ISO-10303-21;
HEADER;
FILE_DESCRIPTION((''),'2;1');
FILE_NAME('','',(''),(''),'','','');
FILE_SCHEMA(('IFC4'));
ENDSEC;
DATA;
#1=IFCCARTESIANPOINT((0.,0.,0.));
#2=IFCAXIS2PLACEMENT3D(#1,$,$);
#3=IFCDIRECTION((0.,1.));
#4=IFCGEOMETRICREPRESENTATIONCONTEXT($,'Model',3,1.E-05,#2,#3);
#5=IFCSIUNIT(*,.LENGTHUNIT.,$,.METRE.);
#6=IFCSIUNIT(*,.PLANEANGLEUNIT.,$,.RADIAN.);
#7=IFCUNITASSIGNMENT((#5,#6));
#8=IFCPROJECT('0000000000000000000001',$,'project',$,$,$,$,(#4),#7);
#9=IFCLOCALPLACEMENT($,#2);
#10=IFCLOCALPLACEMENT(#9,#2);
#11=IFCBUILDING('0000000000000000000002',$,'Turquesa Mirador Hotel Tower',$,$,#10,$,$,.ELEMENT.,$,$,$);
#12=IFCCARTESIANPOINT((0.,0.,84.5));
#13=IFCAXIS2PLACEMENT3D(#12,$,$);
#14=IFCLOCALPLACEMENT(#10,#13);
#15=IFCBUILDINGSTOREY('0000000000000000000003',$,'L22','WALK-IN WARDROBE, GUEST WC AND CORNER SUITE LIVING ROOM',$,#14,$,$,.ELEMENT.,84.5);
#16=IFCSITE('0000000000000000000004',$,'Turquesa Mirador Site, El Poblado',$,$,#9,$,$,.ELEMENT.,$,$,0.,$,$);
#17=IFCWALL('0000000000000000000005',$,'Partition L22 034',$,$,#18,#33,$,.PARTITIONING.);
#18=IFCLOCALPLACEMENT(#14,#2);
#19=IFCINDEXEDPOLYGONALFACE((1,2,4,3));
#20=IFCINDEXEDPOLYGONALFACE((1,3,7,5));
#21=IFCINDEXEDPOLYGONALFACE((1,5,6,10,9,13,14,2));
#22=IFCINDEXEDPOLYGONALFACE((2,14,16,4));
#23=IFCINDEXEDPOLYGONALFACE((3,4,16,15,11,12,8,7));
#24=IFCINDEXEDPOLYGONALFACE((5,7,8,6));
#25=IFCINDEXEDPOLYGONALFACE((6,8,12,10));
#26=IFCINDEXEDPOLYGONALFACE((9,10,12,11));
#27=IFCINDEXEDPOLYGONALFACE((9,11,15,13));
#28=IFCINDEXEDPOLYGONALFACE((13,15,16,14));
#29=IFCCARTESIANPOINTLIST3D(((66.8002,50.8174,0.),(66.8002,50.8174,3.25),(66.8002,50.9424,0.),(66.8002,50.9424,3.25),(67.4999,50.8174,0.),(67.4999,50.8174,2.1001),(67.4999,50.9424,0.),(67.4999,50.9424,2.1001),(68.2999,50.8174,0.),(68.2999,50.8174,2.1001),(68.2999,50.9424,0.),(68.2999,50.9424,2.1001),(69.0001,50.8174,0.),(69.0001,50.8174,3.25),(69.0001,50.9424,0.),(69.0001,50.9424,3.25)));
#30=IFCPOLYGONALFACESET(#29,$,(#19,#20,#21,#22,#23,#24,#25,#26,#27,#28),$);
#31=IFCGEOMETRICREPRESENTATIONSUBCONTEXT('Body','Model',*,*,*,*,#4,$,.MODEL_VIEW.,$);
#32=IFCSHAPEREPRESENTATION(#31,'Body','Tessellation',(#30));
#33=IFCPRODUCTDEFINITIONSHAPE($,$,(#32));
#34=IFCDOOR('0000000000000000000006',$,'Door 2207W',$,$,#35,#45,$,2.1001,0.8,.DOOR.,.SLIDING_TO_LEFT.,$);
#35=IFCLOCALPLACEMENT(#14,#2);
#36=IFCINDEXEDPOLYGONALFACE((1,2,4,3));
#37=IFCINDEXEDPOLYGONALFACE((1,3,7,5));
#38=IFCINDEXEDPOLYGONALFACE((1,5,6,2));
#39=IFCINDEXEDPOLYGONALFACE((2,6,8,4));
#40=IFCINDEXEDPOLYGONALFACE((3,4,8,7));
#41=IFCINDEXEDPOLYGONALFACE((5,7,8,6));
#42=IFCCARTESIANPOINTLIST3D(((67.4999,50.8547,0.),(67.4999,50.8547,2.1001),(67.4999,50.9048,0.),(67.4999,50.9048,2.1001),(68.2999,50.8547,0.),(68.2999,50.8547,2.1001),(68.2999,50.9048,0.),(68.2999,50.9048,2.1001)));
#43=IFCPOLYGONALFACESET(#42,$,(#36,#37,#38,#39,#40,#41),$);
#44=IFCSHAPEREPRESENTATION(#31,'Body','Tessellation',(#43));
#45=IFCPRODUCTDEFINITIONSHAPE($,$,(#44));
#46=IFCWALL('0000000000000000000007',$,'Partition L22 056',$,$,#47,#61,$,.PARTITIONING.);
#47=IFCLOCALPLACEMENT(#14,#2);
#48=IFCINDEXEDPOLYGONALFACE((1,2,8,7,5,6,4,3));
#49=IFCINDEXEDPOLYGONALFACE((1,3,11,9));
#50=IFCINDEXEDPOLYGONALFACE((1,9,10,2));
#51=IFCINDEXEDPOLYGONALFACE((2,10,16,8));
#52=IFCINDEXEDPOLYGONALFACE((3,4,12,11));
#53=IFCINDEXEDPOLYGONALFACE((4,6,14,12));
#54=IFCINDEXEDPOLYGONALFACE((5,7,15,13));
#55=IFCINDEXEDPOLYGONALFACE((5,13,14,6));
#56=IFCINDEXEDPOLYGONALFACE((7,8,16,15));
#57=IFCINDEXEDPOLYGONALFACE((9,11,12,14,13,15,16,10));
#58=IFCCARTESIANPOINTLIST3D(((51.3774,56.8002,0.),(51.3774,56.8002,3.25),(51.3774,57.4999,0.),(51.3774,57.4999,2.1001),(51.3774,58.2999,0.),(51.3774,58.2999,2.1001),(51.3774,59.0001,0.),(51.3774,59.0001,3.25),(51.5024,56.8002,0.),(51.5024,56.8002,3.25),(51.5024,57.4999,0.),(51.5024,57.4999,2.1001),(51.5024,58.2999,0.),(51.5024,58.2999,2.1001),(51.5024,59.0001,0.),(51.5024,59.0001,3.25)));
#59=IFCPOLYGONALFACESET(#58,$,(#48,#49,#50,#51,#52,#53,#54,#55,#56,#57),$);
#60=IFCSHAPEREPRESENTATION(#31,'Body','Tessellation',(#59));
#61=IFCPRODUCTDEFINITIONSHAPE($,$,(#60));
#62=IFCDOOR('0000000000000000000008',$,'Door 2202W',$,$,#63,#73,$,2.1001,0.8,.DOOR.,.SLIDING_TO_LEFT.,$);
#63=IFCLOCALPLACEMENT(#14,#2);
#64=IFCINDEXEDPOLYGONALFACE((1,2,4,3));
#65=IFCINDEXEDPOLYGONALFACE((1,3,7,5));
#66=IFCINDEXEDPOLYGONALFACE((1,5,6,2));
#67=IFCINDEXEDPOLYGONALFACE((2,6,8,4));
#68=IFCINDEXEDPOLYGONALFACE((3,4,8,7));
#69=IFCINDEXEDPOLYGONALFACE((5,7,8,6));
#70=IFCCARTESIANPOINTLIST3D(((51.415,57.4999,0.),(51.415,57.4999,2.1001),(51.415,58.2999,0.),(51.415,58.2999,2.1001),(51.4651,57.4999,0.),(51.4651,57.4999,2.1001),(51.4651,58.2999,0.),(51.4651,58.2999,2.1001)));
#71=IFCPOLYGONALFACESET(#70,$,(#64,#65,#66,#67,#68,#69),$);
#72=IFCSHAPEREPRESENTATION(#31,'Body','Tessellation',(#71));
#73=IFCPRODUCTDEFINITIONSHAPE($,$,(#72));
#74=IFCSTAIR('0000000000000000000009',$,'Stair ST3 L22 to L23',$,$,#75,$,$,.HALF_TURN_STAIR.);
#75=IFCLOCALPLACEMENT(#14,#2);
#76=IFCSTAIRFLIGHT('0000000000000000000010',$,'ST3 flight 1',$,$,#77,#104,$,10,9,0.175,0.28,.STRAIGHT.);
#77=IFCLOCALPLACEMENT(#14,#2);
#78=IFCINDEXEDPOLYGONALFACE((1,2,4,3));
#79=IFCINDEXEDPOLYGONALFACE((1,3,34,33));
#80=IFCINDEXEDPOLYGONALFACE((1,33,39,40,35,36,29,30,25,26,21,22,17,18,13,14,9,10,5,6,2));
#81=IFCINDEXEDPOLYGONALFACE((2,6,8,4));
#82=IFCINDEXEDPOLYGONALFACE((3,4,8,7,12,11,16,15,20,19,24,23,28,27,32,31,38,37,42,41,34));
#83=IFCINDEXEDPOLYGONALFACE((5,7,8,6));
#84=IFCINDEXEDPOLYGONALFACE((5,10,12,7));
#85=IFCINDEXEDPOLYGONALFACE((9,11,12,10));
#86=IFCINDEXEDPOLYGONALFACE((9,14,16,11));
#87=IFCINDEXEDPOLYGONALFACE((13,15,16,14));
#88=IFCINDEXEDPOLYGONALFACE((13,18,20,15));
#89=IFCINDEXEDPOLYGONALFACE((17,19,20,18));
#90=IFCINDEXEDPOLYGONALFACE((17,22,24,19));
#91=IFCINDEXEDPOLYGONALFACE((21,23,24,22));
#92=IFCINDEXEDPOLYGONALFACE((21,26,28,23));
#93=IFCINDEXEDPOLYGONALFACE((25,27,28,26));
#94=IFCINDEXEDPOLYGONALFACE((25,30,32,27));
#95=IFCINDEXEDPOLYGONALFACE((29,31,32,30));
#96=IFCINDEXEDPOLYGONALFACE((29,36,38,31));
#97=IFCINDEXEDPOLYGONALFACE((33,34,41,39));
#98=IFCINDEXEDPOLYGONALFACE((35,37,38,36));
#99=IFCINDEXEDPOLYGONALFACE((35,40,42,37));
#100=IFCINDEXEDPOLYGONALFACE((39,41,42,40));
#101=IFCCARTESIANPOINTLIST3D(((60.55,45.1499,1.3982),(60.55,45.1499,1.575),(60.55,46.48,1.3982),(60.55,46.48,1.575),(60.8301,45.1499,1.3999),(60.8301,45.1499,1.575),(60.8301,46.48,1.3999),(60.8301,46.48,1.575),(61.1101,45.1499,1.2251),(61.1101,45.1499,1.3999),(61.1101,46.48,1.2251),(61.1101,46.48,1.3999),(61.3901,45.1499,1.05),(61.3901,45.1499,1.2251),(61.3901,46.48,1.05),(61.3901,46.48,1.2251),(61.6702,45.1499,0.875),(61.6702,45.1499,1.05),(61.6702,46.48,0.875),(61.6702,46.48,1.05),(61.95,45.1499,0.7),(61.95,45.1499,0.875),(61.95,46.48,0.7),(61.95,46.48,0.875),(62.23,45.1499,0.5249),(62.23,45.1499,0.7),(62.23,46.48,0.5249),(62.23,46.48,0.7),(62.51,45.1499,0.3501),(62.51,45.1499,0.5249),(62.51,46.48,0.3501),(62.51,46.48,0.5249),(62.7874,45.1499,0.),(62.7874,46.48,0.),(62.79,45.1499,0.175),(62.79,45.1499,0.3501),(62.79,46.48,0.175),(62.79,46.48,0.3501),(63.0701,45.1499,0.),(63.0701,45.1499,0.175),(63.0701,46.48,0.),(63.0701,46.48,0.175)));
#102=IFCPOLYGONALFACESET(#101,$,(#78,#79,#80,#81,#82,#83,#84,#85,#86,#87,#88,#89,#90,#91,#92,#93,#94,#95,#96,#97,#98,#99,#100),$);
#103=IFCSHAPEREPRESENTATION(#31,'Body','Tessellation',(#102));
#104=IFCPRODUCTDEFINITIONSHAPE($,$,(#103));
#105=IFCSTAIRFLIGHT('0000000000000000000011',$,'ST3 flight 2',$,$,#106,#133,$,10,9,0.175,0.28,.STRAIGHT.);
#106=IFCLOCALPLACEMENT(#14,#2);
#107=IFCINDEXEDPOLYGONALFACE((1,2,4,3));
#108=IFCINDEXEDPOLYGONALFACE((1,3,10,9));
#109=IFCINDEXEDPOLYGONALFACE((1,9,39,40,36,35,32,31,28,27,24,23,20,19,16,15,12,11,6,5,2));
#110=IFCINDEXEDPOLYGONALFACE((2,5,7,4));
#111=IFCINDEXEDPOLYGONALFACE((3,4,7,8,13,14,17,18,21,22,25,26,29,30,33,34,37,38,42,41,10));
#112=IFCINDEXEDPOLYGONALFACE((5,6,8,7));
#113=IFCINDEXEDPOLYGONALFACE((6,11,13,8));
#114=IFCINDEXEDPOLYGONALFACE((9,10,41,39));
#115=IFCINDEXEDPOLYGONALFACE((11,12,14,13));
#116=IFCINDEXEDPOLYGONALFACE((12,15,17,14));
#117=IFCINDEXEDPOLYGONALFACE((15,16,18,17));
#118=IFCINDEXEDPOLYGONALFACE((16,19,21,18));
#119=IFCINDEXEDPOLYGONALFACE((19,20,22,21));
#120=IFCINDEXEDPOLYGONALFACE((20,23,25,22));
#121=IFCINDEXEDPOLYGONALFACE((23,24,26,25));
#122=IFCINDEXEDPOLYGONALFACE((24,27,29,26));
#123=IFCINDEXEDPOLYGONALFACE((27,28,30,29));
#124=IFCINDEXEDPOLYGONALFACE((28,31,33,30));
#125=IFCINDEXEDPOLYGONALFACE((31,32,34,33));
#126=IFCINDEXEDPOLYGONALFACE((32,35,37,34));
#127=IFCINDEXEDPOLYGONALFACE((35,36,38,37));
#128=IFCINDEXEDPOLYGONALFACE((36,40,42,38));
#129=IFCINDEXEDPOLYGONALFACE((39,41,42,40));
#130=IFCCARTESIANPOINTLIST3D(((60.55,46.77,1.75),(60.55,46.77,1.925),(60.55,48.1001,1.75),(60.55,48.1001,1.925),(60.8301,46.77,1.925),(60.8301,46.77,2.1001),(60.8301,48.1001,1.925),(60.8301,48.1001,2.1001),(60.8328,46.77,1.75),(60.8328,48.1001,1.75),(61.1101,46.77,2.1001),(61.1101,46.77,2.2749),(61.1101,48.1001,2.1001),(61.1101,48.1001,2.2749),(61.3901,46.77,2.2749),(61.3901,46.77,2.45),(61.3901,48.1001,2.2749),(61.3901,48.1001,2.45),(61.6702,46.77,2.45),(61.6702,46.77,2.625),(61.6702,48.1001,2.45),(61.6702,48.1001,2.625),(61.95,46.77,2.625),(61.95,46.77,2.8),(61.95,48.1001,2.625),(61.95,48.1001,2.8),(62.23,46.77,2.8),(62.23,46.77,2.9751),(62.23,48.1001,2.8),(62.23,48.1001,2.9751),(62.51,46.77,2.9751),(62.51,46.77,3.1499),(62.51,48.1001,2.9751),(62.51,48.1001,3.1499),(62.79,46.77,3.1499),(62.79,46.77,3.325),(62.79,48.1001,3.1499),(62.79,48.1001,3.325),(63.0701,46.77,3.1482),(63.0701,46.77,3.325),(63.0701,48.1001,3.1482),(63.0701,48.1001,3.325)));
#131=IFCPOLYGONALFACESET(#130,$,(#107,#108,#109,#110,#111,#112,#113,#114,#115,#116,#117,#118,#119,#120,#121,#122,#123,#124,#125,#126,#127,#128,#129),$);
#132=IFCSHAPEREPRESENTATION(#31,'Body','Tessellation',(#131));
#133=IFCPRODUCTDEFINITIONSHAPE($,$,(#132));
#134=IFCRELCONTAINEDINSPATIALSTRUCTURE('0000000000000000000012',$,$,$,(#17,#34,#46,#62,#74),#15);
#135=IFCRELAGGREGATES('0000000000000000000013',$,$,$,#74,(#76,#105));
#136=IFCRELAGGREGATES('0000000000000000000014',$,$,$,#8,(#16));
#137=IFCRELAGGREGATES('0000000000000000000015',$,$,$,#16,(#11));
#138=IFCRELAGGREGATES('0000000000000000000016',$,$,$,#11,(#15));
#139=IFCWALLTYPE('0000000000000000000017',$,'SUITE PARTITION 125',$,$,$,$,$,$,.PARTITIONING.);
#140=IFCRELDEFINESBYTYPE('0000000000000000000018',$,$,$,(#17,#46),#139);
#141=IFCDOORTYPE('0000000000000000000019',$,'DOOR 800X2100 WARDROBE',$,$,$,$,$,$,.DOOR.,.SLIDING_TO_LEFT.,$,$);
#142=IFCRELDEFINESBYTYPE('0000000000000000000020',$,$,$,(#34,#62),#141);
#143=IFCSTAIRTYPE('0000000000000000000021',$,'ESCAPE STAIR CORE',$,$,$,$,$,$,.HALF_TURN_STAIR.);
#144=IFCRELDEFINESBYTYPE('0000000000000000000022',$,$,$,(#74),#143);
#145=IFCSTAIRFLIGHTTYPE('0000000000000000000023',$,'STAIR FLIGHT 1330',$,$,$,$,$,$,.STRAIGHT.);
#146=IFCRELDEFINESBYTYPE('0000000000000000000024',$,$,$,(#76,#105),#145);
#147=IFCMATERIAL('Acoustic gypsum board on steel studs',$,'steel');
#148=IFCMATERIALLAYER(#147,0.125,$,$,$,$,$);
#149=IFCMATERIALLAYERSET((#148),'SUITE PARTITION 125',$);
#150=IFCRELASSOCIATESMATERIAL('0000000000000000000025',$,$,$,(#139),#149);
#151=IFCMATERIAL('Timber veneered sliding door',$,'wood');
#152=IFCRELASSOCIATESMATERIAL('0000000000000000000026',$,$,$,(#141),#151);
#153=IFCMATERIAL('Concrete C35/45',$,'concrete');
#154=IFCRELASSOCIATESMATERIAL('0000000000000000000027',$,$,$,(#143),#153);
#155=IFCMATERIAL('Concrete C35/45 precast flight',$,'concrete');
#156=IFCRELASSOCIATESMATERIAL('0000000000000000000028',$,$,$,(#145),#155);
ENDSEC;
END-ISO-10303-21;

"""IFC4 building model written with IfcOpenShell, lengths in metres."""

from ifc_helpers import new_model, si_unit, direction, frame, frame_2d, origin, place, context, subcontext, project, spatial, polyline, rectangle, outline, extrude, material, layer, layer_set, type_object, element, fill, aggregate, save


model = new_model("IFC4")

# Units and contexts
model_context = context("Model", 3, precision=1e-05, world=origin(), true_north=direction((0.0, 1.0)))
body_context = subcontext(model_context, "Body", "Model", "MODEL_VIEW")
ifc_project = project(units=[si_unit("LENGTHUNIT", "METRE"), si_unit("PLANEANGLEUNIT", "RADIAN")], contexts=[model_context])

# Site, building, storey
site_placement = place(None, origin())
site = spatial("IfcSite", under=ifc_project, at=site_placement, Name="Turquesa Mirador Site, El Poblado", CompositionType="ELEMENT", RefElevation=0.0)
building_placement = place(site_placement, origin())
building = spatial("IfcBuilding", under=site, at=building_placement, Name="Turquesa Mirador Hotel Tower", CompositionType="ELEMENT")
storey_placement = place(building_placement, frame((0.0, 0.0, 84.5)))
storey = spatial("IfcBuildingStorey", under=building, at=storey_placement, Name="L22", Description="WALK-IN WARDROBE, GUEST WC AND CORNER SUITE LIVING ROOM", CompositionType="ELEMENT", Elevation=84.5)

# Walls, openings, doors
ifc_material_1 = material(Name="Acoustic gypsum board on steel studs", Category="steel")
ifc_layer_1 = layer(ifc_material_1, 0.125)
ifc_layer_set_1 = layer_set([ifc_layer_1], Name="SUITE PARTITION 125")
wall_type_1 = type_object("IfcWallType", Name="SUITE PARTITION 125", PredefinedType="PARTITIONING", material=ifc_layer_set_1)
wall_1_placement = place(storey_placement, frame((66.8, 50.8799, 0.0), z_axis=(0.0, 0.0, 1.0), x_axis=(1.0, 0.0, 0.0)))
wall_1 = element("IfcWall", 1, at=wall_1_placement, inside=storey, type_object=wall_type_1, Name="Partition L22 034", PredefinedType="PARTITIONING", context=body_context, shape_type="SweptSolid", body=[
    extrude(rectangle(XDim=2.2, YDim=0.125, at=frame_2d((1.1001, 0.0))), origin(), (0.0, 0.0, 1.0), 3.25),
])
opening_1_placement = place(wall_1_placement, frame((0.7, 0.0, 0.0)))
opening_1 = element("IfcOpeningElement", 2, at=opening_1_placement, cuts=wall_1, PredefinedType="OPENING", context=body_context, shape_type="SweptSolid", body=[
    extrude(rectangle(XDim=0.8, YDim=2.1001, at=frame_2d((0.3999, 1.05))), frame((0.0, 0.0725, 0.0), z_axis=(0.0, -1.0, 0.0), x_axis=(1.0, 0.0, 0.0)), (0.0, 0.0, 1.0), 0.145),
])
ifc_material_2 = material(Name="Timber veneered sliding door", Category="wood")
door_type_1 = type_object("IfcDoorType", Name="DOOR 800X2100 WARDROBE", OperationType="SLIDING_TO_LEFT", PredefinedType="DOOR", material=ifc_material_2)
door_1_placement = place(opening_1_placement, origin())
door_1 = element("IfcDoor", 3, at=door_1_placement, inside=storey, type_object=door_type_1, Name="Door 2207W", OperationType="SLIDING_TO_LEFT", OverallHeight=2.1001, OverallWidth=0.8, PredefinedType="DOOR", context=body_context, shape_type="SweptSolid", body=[
    extrude(rectangle(XDim=0.8, YDim=2.1001, at=frame_2d((0.3999, 1.05))), frame((0.0, 0.0249, 0.0), z_axis=(0.0, -1.0, 0.0), x_axis=(1.0, 0.0, 0.0)), (0.0, 0.0, 1.0), 0.05),
])
fill(opening_1, door_1)
wall_2_placement = place(storey_placement, frame((51.4399, 56.8, 0.0), z_axis=(0.0, 0.0, 1.0), x_axis=(0.0, 1.0, 0.0)))
wall_2 = element("IfcWall", 4, at=wall_2_placement, inside=storey, type_object=wall_type_1, Name="Partition L22 056", PredefinedType="PARTITIONING", context=body_context, shape_type="SweptSolid", body=[
    extrude(rectangle(XDim=2.2, YDim=0.125, at=frame_2d((1.1001, 0.0))), origin(), (0.0, 0.0, 1.0), 3.25),
])
opening_2_placement = place(wall_2_placement, frame((0.7, 0.0, 0.0)))
opening_2 = element("IfcOpeningElement", 5, at=opening_2_placement, cuts=wall_2, PredefinedType="OPENING", context=body_context, shape_type="SweptSolid", body=[
    extrude(rectangle(XDim=0.8, YDim=2.1001, at=frame_2d((0.3999, 1.05))), frame((0.0, 0.0725, 0.0), z_axis=(0.0, -1.0, 0.0), x_axis=(1.0, 0.0, 0.0)), (0.0, 0.0, 1.0), 0.145),
])
door_2_placement = place(opening_2_placement, origin())
door_2 = element("IfcDoor", 6, at=door_2_placement, inside=storey, type_object=door_type_1, Name="Door 2202W", OperationType="SLIDING_TO_LEFT", OverallHeight=2.1001, OverallWidth=0.8, PredefinedType="DOOR", context=body_context, shape_type="SweptSolid", body=[
    extrude(rectangle(XDim=0.8, YDim=2.1001, at=frame_2d((0.3999, 1.05))), frame((0.0, 0.0249, 0.0), z_axis=(0.0, -1.0, 0.0), x_axis=(1.0, 0.0, 0.0)), (0.0, 0.0, 1.0), 0.05),
])
fill(opening_2, door_2)

# Stair, stair flights
ifc_material_3 = material(Name="Concrete C35/45", Category="concrete")
stair_type = type_object("IfcStairType", Name="ESCAPE STAIR CORE", PredefinedType="HALF_TURN_STAIR", material=ifc_material_3)
stair_placement = place(storey_placement, origin())
stair = element("IfcStair", 7, at=stair_placement, inside=storey, type_object=stair_type, Name="Stair ST3 L22 to L23", PredefinedType="HALF_TURN_STAIR")
ifc_material_4 = material(Name="Concrete C35/45 precast flight", Category="concrete")
stair_flight_type = type_object("IfcStairFlightType", Name="STAIR FLIGHT 1330", PredefinedType="STRAIGHT", material=ifc_material_4)
stair_flight_1_placement = place(storey_placement, frame((63.0701, 45.8149, 0.0), z_axis=(0.0, 0.0, 1.0), x_axis=(-1.0, 0.0, 0.0)))
stair_flight_1 = element("IfcStairFlight", 8, at=stair_flight_1_placement, type_object=stair_flight_type, Name="ST3 flight 1", NumberOfRisers=10, NumberOfTreads=9, PredefinedType="STRAIGHT", RiserHeight=0.175, TreadLength=0.28, context=body_context, shape_type="SweptSolid", body=[
    extrude(outline(polyline([(0.0, 0.0), (0.0, 0.175), (0.28, 0.175), (0.28, 0.3501), (0.5601, 0.3501), (0.5601, 0.5249), (0.8401, 0.5249), (0.8401, 0.7), (1.1201, 0.7), (1.1201, 0.875), (1.3999, 0.875), (1.3999, 1.05), (1.6799, 1.05), (1.6799, 1.2251), (1.96, 1.2251), (1.96, 1.3999), (2.24, 1.3999), (2.24, 1.575), (2.52, 1.575), (2.52, 1.75), (2.52, 1.3982), (0.2827, 0.0), (0.0, 0.0)])), frame((0.0, 0.665, 0.0), z_axis=(0.0, -1.0, 0.0), x_axis=(1.0, 0.0, 0.0)), (0.0, 0.0, 1.0), 1.3301),
])
stair_flight_2_placement = place(storey_placement, frame((60.55, 47.4351, 1.75), z_axis=(0.0, 0.0, 1.0), x_axis=(1.0, 0.0, 0.0)))
stair_flight_2 = element("IfcStairFlight", 9, at=stair_flight_2_placement, type_object=stair_flight_type, Name="ST3 flight 2", NumberOfRisers=10, NumberOfTreads=9, PredefinedType="STRAIGHT", RiserHeight=0.175, TreadLength=0.28, context=body_context, shape_type="SweptSolid", body=[
    extrude(outline(polyline([(0.0, 0.0), (0.0, 0.175), (0.28, 0.175), (0.28, 0.3501), (0.5601, 0.3501), (0.5601, 0.5249), (0.8401, 0.5249), (0.8401, 0.7), (1.1201, 0.7), (1.1201, 0.875), (1.3999, 0.875), (1.3999, 1.05), (1.6799, 1.05), (1.6799, 1.2251), (1.96, 1.2251), (1.96, 1.3999), (2.24, 1.3999), (2.24, 1.575), (2.52, 1.575), (2.52, 1.75), (2.52, 1.3982), (0.2827, 0.0), (0.0, 0.0)])), frame((0.0, 0.665, 0.0), z_axis=(0.0, -1.0, 0.0), x_axis=(1.0, 0.0, 0.0)), (0.0, 0.0, 1.0), 1.3301),
])
aggregate(stair, [stair_flight_1, stair_flight_2])

save(model, "model.ifc")
